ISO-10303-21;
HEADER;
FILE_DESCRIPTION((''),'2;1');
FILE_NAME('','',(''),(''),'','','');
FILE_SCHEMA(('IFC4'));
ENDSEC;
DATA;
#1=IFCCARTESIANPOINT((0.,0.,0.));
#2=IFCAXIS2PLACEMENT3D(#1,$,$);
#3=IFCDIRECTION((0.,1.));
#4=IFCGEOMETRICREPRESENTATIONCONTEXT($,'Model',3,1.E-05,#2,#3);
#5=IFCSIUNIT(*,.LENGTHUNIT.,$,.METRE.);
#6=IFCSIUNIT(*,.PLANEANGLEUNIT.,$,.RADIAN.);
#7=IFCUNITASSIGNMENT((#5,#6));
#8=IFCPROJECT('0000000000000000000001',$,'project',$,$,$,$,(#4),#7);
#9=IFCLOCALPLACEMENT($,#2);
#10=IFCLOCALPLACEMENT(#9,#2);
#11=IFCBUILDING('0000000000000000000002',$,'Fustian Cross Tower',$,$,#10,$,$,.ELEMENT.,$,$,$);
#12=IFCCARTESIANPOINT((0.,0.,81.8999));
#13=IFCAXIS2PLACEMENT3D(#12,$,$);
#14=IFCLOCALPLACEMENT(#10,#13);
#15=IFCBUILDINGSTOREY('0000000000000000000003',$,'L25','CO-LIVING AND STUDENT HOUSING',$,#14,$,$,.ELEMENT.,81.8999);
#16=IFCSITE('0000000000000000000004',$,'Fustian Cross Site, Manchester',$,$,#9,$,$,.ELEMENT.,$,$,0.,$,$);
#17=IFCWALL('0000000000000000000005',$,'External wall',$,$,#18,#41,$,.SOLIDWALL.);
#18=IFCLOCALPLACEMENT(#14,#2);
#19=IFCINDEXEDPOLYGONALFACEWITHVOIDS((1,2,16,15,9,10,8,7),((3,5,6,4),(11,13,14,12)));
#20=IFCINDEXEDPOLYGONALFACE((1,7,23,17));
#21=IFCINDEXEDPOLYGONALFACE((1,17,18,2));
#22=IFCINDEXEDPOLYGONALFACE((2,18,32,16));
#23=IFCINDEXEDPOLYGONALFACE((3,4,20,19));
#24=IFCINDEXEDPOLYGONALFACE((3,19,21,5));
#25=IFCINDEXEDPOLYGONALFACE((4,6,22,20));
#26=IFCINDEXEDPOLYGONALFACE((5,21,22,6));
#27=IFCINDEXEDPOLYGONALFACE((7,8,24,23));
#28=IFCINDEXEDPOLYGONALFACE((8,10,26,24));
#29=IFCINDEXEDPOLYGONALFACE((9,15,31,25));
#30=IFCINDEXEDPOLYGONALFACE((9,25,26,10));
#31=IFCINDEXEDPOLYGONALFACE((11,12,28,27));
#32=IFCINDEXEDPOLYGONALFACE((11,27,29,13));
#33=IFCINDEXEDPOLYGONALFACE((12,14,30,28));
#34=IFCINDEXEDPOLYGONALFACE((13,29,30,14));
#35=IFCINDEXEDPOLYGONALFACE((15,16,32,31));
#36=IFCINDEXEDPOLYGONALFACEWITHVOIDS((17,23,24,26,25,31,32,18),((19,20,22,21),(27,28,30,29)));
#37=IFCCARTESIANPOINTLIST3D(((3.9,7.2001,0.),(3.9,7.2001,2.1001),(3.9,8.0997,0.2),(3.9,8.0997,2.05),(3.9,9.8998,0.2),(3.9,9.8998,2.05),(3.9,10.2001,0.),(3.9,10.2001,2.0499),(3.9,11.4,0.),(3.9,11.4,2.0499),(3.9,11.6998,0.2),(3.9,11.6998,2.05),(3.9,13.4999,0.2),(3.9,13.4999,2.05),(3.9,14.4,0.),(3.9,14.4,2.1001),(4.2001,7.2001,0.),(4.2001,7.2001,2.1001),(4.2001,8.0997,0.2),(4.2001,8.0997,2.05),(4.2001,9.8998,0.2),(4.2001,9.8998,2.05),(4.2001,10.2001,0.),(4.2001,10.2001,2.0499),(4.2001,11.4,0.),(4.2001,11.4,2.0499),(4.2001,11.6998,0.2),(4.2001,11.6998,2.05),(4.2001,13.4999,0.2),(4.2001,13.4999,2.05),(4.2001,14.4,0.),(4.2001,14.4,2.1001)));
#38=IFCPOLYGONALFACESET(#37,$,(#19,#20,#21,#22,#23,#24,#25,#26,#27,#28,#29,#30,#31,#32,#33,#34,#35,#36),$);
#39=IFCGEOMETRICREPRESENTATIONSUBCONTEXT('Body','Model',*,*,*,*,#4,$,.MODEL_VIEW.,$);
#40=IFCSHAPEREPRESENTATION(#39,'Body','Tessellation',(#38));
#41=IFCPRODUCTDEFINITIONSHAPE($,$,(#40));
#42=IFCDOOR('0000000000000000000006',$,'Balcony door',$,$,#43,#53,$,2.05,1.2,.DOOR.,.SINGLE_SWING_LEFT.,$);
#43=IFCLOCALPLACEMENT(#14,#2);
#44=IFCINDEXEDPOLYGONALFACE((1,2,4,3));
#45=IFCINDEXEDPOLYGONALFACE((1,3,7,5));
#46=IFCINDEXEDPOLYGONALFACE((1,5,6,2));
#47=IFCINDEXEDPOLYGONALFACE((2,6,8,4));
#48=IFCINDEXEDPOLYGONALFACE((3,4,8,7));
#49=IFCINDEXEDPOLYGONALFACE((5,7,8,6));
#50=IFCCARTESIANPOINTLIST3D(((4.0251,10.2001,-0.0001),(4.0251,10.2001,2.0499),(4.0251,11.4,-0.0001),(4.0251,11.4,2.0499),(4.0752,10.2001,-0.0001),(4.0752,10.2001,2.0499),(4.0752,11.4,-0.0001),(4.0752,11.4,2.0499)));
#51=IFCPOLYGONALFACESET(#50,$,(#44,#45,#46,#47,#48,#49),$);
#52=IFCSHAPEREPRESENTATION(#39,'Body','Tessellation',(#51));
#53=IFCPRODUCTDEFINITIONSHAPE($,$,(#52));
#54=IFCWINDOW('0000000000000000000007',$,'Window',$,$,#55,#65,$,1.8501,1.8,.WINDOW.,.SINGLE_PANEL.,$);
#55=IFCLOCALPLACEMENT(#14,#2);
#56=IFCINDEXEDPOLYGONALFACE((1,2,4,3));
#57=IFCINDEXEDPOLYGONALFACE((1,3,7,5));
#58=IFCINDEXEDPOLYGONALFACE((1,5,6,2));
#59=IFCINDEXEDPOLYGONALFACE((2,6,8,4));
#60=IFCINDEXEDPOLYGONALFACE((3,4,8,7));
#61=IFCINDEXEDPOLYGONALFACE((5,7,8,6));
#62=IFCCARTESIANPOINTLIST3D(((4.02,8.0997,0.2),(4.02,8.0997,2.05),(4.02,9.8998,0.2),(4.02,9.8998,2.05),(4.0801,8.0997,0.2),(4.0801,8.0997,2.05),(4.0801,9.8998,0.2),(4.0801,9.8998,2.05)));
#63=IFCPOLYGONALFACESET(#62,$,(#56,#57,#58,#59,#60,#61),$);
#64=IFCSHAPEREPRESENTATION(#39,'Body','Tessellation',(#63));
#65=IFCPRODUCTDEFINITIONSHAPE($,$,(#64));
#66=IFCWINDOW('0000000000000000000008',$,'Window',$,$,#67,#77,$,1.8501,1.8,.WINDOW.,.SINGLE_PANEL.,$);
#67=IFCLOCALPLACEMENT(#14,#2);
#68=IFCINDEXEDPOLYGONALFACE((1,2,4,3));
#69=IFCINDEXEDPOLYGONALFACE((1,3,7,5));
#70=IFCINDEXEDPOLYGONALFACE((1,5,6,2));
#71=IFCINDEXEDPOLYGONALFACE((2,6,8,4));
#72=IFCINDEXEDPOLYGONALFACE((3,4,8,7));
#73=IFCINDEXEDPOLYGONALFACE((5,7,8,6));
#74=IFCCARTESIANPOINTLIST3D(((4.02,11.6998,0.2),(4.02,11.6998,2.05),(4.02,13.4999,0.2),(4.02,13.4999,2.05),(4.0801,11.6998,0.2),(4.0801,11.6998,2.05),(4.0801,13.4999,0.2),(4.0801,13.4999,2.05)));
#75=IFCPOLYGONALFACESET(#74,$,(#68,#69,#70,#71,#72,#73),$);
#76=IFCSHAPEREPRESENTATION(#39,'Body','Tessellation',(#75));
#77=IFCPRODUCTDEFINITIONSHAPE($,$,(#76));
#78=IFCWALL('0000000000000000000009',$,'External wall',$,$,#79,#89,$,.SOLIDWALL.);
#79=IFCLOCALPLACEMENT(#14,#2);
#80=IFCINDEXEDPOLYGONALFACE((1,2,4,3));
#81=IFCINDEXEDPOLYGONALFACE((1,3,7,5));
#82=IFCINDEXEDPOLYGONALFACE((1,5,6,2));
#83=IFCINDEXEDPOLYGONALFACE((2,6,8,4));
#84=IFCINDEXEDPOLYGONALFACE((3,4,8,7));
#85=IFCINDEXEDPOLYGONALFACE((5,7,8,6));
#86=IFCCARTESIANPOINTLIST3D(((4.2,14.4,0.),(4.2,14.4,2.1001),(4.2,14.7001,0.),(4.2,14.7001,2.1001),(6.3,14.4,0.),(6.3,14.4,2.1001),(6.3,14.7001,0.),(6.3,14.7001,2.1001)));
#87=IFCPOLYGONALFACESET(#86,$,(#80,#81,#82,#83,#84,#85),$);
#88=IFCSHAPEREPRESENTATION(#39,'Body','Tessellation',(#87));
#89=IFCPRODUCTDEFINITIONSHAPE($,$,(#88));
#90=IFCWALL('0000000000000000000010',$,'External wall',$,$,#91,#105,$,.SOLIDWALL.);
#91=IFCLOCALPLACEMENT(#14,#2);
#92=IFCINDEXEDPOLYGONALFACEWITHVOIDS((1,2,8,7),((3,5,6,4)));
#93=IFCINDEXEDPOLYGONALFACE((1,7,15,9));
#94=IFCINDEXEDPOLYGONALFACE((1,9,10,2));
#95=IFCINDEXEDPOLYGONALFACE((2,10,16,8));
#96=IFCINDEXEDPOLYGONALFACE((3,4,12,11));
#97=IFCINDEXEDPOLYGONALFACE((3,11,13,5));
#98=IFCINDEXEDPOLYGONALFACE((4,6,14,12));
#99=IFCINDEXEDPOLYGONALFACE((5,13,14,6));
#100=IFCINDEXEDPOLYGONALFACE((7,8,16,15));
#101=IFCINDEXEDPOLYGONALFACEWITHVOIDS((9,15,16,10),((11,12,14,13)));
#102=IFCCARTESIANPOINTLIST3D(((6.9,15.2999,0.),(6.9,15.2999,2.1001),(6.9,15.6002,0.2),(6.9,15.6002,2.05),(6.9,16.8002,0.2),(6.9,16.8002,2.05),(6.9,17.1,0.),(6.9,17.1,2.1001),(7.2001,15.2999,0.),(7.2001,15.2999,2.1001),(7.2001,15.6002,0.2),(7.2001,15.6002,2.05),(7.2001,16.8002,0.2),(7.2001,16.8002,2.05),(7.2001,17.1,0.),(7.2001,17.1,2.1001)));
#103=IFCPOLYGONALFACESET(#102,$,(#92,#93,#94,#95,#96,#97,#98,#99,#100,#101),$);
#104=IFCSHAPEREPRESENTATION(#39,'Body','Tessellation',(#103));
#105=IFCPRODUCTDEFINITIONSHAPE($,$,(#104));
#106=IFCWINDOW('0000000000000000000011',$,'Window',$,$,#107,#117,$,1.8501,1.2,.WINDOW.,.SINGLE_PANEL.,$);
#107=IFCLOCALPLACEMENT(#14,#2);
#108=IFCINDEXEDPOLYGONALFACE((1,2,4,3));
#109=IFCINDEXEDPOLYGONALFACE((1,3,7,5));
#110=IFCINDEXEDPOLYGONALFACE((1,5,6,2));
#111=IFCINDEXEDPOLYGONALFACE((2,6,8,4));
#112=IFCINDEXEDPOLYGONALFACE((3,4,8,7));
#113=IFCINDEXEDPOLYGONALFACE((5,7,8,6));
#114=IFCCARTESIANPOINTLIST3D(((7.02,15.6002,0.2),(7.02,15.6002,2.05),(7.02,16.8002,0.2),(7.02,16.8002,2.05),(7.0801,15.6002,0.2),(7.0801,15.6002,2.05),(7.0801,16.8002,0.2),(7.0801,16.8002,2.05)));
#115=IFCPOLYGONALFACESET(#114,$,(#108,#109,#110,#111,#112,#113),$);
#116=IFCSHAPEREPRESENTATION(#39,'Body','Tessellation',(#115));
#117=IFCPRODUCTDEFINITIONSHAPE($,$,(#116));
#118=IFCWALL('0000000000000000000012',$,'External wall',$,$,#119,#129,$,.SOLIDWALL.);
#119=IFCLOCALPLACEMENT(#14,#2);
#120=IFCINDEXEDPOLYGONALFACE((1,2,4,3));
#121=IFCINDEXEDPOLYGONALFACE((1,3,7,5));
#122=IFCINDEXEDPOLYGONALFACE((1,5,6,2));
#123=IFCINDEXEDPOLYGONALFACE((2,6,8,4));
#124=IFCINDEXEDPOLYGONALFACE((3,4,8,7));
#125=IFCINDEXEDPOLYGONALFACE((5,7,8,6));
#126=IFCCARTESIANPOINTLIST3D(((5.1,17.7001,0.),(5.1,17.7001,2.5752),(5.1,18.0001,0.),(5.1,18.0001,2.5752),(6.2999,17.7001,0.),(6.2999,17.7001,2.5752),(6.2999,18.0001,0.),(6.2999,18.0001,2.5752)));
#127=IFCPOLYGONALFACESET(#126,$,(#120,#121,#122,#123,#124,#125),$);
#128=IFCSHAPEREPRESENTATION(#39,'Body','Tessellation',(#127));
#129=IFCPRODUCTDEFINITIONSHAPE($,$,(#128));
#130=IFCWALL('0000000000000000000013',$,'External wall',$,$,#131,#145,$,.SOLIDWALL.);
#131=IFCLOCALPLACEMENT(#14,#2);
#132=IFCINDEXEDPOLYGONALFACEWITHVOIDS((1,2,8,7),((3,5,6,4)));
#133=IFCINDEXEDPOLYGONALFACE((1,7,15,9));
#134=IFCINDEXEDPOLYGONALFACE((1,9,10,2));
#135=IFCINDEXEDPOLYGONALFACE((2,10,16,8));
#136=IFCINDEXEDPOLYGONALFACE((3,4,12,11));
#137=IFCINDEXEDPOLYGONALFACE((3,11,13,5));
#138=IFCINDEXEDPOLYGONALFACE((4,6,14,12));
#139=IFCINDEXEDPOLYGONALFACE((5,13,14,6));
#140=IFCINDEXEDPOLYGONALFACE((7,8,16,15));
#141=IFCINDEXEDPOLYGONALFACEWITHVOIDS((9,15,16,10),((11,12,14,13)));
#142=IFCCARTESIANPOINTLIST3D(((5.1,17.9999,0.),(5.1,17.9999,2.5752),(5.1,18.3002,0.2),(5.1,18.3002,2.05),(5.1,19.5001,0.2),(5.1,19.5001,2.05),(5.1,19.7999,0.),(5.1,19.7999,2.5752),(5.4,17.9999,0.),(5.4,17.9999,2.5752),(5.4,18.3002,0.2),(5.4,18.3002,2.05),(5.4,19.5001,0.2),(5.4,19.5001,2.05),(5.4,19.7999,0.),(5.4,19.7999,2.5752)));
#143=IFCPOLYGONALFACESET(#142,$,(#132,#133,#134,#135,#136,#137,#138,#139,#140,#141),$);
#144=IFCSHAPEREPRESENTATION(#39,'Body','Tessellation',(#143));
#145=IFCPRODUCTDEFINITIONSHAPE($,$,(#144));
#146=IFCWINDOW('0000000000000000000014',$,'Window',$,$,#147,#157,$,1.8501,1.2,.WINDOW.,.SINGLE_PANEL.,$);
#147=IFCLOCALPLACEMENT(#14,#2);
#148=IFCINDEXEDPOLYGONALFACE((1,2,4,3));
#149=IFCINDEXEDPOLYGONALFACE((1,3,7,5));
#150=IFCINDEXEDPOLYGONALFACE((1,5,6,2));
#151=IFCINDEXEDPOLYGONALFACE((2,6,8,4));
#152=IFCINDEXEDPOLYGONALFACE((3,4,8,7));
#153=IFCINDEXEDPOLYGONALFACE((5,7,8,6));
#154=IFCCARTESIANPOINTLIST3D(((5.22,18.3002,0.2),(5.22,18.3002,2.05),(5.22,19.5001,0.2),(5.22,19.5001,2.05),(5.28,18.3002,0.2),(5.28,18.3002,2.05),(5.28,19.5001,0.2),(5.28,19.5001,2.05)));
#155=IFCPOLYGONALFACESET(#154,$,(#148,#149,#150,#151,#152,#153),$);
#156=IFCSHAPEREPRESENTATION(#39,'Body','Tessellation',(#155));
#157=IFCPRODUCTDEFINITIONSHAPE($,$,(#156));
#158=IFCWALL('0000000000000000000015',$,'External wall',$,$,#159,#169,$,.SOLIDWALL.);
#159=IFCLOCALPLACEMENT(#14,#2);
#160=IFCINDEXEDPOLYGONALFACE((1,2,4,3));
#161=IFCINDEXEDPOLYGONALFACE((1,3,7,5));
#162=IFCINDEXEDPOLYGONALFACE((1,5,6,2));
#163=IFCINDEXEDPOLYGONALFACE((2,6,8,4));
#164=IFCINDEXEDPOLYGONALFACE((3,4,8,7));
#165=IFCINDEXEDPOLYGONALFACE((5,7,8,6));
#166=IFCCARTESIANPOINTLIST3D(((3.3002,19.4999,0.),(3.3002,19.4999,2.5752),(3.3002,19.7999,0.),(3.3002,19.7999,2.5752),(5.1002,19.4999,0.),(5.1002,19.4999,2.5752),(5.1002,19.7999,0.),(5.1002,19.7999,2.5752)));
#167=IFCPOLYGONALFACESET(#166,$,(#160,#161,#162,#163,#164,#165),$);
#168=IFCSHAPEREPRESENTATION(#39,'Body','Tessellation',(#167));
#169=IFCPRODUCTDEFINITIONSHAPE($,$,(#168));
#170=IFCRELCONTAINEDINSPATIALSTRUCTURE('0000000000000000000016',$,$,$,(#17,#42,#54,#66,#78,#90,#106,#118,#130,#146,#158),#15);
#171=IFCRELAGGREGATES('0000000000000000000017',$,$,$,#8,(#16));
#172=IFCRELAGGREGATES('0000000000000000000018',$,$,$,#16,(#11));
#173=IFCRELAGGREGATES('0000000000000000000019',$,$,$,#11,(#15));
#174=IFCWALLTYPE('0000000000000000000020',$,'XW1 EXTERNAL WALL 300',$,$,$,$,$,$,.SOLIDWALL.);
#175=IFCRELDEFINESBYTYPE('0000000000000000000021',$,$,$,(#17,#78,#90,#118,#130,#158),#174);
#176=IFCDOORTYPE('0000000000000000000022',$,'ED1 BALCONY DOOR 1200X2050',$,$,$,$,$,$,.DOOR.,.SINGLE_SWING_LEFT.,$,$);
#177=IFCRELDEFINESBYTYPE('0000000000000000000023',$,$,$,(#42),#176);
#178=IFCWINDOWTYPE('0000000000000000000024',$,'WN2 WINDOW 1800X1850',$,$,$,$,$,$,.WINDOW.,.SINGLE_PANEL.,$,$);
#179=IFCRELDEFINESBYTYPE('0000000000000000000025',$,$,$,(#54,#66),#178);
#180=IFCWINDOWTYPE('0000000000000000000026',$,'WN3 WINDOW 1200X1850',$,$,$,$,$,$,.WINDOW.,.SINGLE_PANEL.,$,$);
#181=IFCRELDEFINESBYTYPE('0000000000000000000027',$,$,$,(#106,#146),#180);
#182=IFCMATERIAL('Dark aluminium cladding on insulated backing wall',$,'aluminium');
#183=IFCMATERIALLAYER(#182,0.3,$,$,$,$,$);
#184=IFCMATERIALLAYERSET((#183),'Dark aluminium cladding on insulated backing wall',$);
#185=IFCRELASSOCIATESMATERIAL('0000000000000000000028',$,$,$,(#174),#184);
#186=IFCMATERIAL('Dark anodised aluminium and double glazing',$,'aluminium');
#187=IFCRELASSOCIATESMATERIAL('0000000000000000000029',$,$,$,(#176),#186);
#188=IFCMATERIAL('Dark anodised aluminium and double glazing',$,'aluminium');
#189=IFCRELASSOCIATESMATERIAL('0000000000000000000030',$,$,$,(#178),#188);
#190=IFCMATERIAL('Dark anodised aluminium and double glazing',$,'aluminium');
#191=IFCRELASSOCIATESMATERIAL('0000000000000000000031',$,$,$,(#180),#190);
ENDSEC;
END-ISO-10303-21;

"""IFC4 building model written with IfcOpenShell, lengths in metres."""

from ifc_helpers import new_model, si_unit, direction, frame, frame_2d, origin, place, context, subcontext, project, spatial, rectangle, extrude, material, layer, layer_set, type_object, element, fill, save


model = new_model("IFC4")

# Units and contexts
model_context = context("Model", 3, precision=1e-05, world=origin(), true_north=direction((0.0, 1.0)))
body_context = subcontext(model_context, "Body", "Model", "MODEL_VIEW")
ifc_project = project(units=[si_unit("LENGTHUNIT", "METRE"), si_unit("PLANEANGLEUNIT", "RADIAN")], contexts=[model_context])

# Site, building, storey
site_placement = place(None, origin())
site = spatial("IfcSite", under=ifc_project, at=site_placement, Name="Fustian Cross Site, Manchester", CompositionType="ELEMENT", RefElevation=0.0)
building_placement = place(site_placement, origin())
building = spatial("IfcBuilding", under=site, at=building_placement, Name="Fustian Cross Tower", CompositionType="ELEMENT")
storey_placement = place(building_placement, frame((0.0, 0.0, 81.8999)))
storey = spatial("IfcBuildingStorey", under=building, at=storey_placement, Name="L25", Description="CO-LIVING AND STUDENT HOUSING", CompositionType="ELEMENT", Elevation=81.8999)

# Wall, openings, door, windows
ifc_material_1 = material(Name="Dark aluminium cladding on insulated backing wall", Category="aluminium")
ifc_layer_1 = layer(ifc_material_1, 0.3)
ifc_layer_set_1 = layer_set([ifc_layer_1], Name="Dark aluminium cladding on insulated backing wall")
wall_type_1 = type_object("IfcWallType", Name="XW1 EXTERNAL WALL 300", PredefinedType="SOLIDWALL", material=ifc_layer_set_1)
wall_1_placement = place(storey_placement, frame((4.05, 7.2, 0.0), z_axis=(0.0, 0.0, 1.0), x_axis=(0.0, 1.0, 0.0)))
wall_1 = element("IfcWall", 1, at=wall_1_placement, inside=storey, type_object=wall_type_1, Name="External wall", PredefinedType="SOLIDWALL", context=body_context, shape_type="SweptSolid", body=[
    extrude(rectangle(XDim=7.2, YDim=0.3, at=frame_2d((3.6001, 0.0))), origin(), (0.0, 0.0, 1.0), 2.1001),
])
opening_1_placement = place(wall_1_placement, frame((3.0, 0.0, 0.0)))
opening_1 = element("IfcOpeningElement", 2, at=opening_1_placement, cuts=wall_1, PredefinedType="OPENING", context=body_context, shape_type="SweptSolid", body=[
    extrude(rectangle(XDim=1.2, YDim=2.05, at=frame_2d((0.6001, 1.0249))), frame((0.0, 0.1599, 0.0), z_axis=(0.0, -1.0, 0.0), x_axis=(1.0, 0.0, 0.0)), (0.0, 0.0, 1.0), 0.3201),
])
opening_2_placement = place(wall_1_placement, frame((0.8999, 0.0, 0.2)))
opening_2 = element("IfcOpeningElement", 3, at=opening_2_placement, cuts=wall_1, PredefinedType="OPENING", context=body_context, shape_type="SweptSolid", body=[
    extrude(rectangle(XDim=1.8, YDim=1.8501, at=frame_2d((0.8999, 0.925))), frame((0.0, 0.1599, 0.0), z_axis=(0.0, -1.0, 0.0), x_axis=(1.0, 0.0, 0.0)), (0.0, 0.0, 1.0), 0.3201),
])
opening_3_placement = place(wall_1_placement, frame((4.5, 0.0, 0.2)))
opening_3 = element("IfcOpeningElement", 4, at=opening_3_placement, cuts=wall_1, PredefinedType="OPENING", context=body_context, shape_type="SweptSolid", body=[
    extrude(rectangle(XDim=1.8, YDim=1.8501, at=frame_2d((0.8999, 0.925))), frame((0.0, 0.1599, 0.0), z_axis=(0.0, -1.0, 0.0), x_axis=(1.0, 0.0, 0.0)), (0.0, 0.0, 1.0), 0.3201),
])
ifc_material_2 = material(Name="Dark anodised aluminium and double glazing", Category="aluminium")
door_type = type_object("IfcDoorType", Name="ED1 BALCONY DOOR 1200X2050", OperationType="SINGLE_SWING_LEFT", PredefinedType="DOOR", material=ifc_material_2)
door_placement = place(opening_1_placement, origin())
door = element("IfcDoor", 5, at=door_placement, inside=storey, type_object=door_type, Name="Balcony door", OperationType="SINGLE_SWING_LEFT", OverallHeight=2.05, OverallWidth=1.2, PredefinedType="DOOR", context=body_context, shape_type="SweptSolid", body=[
    extrude(rectangle(XDim=1.2, YDim=2.05, at=frame_2d((0.6001, 1.0249))), frame((0.0, 0.0249, 0.0), z_axis=(0.0, -1.0, 0.0), x_axis=(1.0, 0.0, 0.0)), (0.0, 0.0, 1.0), 0.05),
])
fill(opening_1, door)
ifc_material_3 = material(Name="Dark anodised aluminium and double glazing", Category="aluminium")
window_type_1 = type_object("IfcWindowType", Name="WN2 WINDOW 1800X1850", PartitioningType="SINGLE_PANEL", PredefinedType="WINDOW", material=ifc_material_3)
window_1_placement = place(opening_2_placement, origin())
window_1 = element("IfcWindow", 6, at=window_1_placement, inside=storey, type_object=window_type_1, Name="Window", OverallHeight=1.8501, OverallWidth=1.8, PartitioningType="SINGLE_PANEL", PredefinedType="WINDOW", context=body_context, shape_type="SweptSolid", body=[
    extrude(rectangle(XDim=1.8, YDim=1.8501, at=frame_2d((0.8999, 0.925))), frame((0.0, 0.03, 0.0), z_axis=(0.0, -1.0, 0.0), x_axis=(1.0, 0.0, 0.0)), (0.0, 0.0, 1.0), 0.0601),
])
fill(opening_2, window_1)
window_2_placement = place(opening_3_placement, origin())
window_2 = element("IfcWindow", 7, at=window_2_placement, inside=storey, type_object=window_type_1, Name="Window", OverallHeight=1.8501, OverallWidth=1.8, PartitioningType="SINGLE_PANEL", PredefinedType="WINDOW", context=body_context, shape_type="SweptSolid", body=[
    extrude(rectangle(XDim=1.8, YDim=1.8501, at=frame_2d((0.8999, 0.925))), frame((0.0, 0.03, 0.0), z_axis=(0.0, -1.0, 0.0), x_axis=(1.0, 0.0, 0.0)), (0.0, 0.0, 1.0), 0.0601),
])
fill(opening_3, window_2)

# Wall
wall_2_placement = place(storey_placement, frame((4.2, 14.55, 0.0), z_axis=(0.0, 0.0, 1.0), x_axis=(1.0, 0.0, 0.0)))
element("IfcWall", 8, at=wall_2_placement, inside=storey, type_object=wall_type_1, Name="External wall", PredefinedType="SOLIDWALL", context=body_context, shape_type="SweptSolid", body=[
    extrude(rectangle(XDim=2.1001, YDim=0.3, at=frame_2d((1.05, 0.0))), origin(), (0.0, 0.0, 1.0), 2.1001),
])

# Wall, opening, window
wall_3_placement = place(storey_placement, frame((7.05, 15.3, 0.0), z_axis=(0.0, 0.0, 1.0), x_axis=(0.0, 1.0, 0.0)))
wall_3 = element("IfcWall", 9, at=wall_3_placement, inside=storey, type_object=wall_type_1, Name="External wall", PredefinedType="SOLIDWALL", context=body_context, shape_type="SweptSolid", body=[
    extrude(rectangle(XDim=1.8, YDim=0.3, at=frame_2d((0.8999, 0.0))), origin(), (0.0, 0.0, 1.0), 2.1001),
])
opening_4_placement = place(wall_3_placement, frame((0.3, 0.0, 0.2)))
opening_4 = element("IfcOpeningElement", 10, at=opening_4_placement, cuts=wall_3, PredefinedType="OPENING", context=body_context, shape_type="SweptSolid", body=[
    extrude(rectangle(XDim=1.2, YDim=1.8501, at=frame_2d((0.6001, 0.925))), frame((0.0, 0.1599, 0.0), z_axis=(0.0, -1.0, 0.0), x_axis=(1.0, 0.0, 0.0)), (0.0, 0.0, 1.0), 0.3201),
])
ifc_material_4 = material(Name="Dark anodised aluminium and double glazing", Category="aluminium")
window_type_2 = type_object("IfcWindowType", Name="WN3 WINDOW 1200X1850", PartitioningType="SINGLE_PANEL", PredefinedType="WINDOW", material=ifc_material_4)
window_3_placement = place(opening_4_placement, origin())
window_3 = element("IfcWindow", 11, at=window_3_placement, inside=storey, type_object=window_type_2, Name="Window", OverallHeight=1.8501, OverallWidth=1.2, PartitioningType="SINGLE_PANEL", PredefinedType="WINDOW", context=body_context, shape_type="SweptSolid", body=[
    extrude(rectangle(XDim=1.2, YDim=1.8501, at=frame_2d((0.6001, 0.925))), frame((0.0, 0.03, 0.0), z_axis=(0.0, -1.0, 0.0), x_axis=(1.0, 0.0, 0.0)), (0.0, 0.0, 1.0), 0.0601),
])
fill(opening_4, window_3)

# Wall
wall_4_placement = place(storey_placement, frame((6.3, 17.8501, 0.0), z_axis=(0.0, 0.0, 1.0), x_axis=(-1.0, 0.0, 0.0)))
element("IfcWall", 12, at=wall_4_placement, inside=storey, type_object=wall_type_1, Name="External wall", PredefinedType="SOLIDWALL", context=body_context, shape_type="SweptSolid", body=[
    extrude(rectangle(XDim=1.2, YDim=0.3, at=frame_2d((0.6001, 0.0))), origin(), (0.0, 0.0, 1.0), 2.5752),
])

# Wall, opening, window
wall_5_placement = place(storey_placement, frame((5.25, 18.0, 0.0), z_axis=(0.0, 0.0, 1.0), x_axis=(0.0, 1.0, 0.0)))
wall_5 = element("IfcWall", 13, at=wall_5_placement, inside=storey, type_object=wall_type_1, Name="External wall", PredefinedType="SOLIDWALL", context=body_context, shape_type="SweptSolid", body=[
    extrude(rectangle(XDim=1.8, YDim=0.3, at=frame_2d((0.8999, 0.0))), origin(), (0.0, 0.0, 1.0), 2.5752),
])
opening_5_placement = place(wall_5_placement, frame((0.3, 0.0, 0.2)))
opening_5 = element("IfcOpeningElement", 14, at=opening_5_placement, cuts=wall_5, PredefinedType="OPENING", context=body_context, shape_type="SweptSolid", body=[
    extrude(rectangle(XDim=1.2, YDim=1.8501, at=frame_2d((0.6001, 0.925))), frame((0.0, 0.1599, 0.0), z_axis=(0.0, -1.0, 0.0), x_axis=(1.0, 0.0, 0.0)), (0.0, 0.0, 1.0), 0.3201),
])
window_4_placement = place(opening_5_placement, origin())
window_4 = element("IfcWindow", 15, at=window_4_placement, inside=storey, type_object=window_type_2, Name="Window", OverallHeight=1.8501, OverallWidth=1.2, PartitioningType="SINGLE_PANEL", PredefinedType="WINDOW", context=body_context, shape_type="SweptSolid", body=[
    extrude(rectangle(XDim=1.2, YDim=1.8501, at=frame_2d((0.6001, 0.925))), frame((0.0, 0.03, 0.0), z_axis=(0.0, -1.0, 0.0), x_axis=(1.0, 0.0, 0.0)), (0.0, 0.0, 1.0), 0.0601),
])
fill(opening_5, window_4)

# Wall
wall_6_placement = place(storey_placement, frame((5.1001, 19.6499, 0.0), z_axis=(0.0, 0.0, 1.0), x_axis=(-1.0, 0.0, 0.0)))
element("IfcWall", 16, at=wall_6_placement, inside=storey, type_object=wall_type_1, Name="External wall", PredefinedType="SOLIDWALL", context=body_context, shape_type="SweptSolid", body=[
    extrude(rectangle(XDim=1.8, YDim=0.3, at=frame_2d((0.8999, 0.0))), origin(), (0.0, 0.0, 1.0), 2.5752),
])

save(model, "model.ifc")
